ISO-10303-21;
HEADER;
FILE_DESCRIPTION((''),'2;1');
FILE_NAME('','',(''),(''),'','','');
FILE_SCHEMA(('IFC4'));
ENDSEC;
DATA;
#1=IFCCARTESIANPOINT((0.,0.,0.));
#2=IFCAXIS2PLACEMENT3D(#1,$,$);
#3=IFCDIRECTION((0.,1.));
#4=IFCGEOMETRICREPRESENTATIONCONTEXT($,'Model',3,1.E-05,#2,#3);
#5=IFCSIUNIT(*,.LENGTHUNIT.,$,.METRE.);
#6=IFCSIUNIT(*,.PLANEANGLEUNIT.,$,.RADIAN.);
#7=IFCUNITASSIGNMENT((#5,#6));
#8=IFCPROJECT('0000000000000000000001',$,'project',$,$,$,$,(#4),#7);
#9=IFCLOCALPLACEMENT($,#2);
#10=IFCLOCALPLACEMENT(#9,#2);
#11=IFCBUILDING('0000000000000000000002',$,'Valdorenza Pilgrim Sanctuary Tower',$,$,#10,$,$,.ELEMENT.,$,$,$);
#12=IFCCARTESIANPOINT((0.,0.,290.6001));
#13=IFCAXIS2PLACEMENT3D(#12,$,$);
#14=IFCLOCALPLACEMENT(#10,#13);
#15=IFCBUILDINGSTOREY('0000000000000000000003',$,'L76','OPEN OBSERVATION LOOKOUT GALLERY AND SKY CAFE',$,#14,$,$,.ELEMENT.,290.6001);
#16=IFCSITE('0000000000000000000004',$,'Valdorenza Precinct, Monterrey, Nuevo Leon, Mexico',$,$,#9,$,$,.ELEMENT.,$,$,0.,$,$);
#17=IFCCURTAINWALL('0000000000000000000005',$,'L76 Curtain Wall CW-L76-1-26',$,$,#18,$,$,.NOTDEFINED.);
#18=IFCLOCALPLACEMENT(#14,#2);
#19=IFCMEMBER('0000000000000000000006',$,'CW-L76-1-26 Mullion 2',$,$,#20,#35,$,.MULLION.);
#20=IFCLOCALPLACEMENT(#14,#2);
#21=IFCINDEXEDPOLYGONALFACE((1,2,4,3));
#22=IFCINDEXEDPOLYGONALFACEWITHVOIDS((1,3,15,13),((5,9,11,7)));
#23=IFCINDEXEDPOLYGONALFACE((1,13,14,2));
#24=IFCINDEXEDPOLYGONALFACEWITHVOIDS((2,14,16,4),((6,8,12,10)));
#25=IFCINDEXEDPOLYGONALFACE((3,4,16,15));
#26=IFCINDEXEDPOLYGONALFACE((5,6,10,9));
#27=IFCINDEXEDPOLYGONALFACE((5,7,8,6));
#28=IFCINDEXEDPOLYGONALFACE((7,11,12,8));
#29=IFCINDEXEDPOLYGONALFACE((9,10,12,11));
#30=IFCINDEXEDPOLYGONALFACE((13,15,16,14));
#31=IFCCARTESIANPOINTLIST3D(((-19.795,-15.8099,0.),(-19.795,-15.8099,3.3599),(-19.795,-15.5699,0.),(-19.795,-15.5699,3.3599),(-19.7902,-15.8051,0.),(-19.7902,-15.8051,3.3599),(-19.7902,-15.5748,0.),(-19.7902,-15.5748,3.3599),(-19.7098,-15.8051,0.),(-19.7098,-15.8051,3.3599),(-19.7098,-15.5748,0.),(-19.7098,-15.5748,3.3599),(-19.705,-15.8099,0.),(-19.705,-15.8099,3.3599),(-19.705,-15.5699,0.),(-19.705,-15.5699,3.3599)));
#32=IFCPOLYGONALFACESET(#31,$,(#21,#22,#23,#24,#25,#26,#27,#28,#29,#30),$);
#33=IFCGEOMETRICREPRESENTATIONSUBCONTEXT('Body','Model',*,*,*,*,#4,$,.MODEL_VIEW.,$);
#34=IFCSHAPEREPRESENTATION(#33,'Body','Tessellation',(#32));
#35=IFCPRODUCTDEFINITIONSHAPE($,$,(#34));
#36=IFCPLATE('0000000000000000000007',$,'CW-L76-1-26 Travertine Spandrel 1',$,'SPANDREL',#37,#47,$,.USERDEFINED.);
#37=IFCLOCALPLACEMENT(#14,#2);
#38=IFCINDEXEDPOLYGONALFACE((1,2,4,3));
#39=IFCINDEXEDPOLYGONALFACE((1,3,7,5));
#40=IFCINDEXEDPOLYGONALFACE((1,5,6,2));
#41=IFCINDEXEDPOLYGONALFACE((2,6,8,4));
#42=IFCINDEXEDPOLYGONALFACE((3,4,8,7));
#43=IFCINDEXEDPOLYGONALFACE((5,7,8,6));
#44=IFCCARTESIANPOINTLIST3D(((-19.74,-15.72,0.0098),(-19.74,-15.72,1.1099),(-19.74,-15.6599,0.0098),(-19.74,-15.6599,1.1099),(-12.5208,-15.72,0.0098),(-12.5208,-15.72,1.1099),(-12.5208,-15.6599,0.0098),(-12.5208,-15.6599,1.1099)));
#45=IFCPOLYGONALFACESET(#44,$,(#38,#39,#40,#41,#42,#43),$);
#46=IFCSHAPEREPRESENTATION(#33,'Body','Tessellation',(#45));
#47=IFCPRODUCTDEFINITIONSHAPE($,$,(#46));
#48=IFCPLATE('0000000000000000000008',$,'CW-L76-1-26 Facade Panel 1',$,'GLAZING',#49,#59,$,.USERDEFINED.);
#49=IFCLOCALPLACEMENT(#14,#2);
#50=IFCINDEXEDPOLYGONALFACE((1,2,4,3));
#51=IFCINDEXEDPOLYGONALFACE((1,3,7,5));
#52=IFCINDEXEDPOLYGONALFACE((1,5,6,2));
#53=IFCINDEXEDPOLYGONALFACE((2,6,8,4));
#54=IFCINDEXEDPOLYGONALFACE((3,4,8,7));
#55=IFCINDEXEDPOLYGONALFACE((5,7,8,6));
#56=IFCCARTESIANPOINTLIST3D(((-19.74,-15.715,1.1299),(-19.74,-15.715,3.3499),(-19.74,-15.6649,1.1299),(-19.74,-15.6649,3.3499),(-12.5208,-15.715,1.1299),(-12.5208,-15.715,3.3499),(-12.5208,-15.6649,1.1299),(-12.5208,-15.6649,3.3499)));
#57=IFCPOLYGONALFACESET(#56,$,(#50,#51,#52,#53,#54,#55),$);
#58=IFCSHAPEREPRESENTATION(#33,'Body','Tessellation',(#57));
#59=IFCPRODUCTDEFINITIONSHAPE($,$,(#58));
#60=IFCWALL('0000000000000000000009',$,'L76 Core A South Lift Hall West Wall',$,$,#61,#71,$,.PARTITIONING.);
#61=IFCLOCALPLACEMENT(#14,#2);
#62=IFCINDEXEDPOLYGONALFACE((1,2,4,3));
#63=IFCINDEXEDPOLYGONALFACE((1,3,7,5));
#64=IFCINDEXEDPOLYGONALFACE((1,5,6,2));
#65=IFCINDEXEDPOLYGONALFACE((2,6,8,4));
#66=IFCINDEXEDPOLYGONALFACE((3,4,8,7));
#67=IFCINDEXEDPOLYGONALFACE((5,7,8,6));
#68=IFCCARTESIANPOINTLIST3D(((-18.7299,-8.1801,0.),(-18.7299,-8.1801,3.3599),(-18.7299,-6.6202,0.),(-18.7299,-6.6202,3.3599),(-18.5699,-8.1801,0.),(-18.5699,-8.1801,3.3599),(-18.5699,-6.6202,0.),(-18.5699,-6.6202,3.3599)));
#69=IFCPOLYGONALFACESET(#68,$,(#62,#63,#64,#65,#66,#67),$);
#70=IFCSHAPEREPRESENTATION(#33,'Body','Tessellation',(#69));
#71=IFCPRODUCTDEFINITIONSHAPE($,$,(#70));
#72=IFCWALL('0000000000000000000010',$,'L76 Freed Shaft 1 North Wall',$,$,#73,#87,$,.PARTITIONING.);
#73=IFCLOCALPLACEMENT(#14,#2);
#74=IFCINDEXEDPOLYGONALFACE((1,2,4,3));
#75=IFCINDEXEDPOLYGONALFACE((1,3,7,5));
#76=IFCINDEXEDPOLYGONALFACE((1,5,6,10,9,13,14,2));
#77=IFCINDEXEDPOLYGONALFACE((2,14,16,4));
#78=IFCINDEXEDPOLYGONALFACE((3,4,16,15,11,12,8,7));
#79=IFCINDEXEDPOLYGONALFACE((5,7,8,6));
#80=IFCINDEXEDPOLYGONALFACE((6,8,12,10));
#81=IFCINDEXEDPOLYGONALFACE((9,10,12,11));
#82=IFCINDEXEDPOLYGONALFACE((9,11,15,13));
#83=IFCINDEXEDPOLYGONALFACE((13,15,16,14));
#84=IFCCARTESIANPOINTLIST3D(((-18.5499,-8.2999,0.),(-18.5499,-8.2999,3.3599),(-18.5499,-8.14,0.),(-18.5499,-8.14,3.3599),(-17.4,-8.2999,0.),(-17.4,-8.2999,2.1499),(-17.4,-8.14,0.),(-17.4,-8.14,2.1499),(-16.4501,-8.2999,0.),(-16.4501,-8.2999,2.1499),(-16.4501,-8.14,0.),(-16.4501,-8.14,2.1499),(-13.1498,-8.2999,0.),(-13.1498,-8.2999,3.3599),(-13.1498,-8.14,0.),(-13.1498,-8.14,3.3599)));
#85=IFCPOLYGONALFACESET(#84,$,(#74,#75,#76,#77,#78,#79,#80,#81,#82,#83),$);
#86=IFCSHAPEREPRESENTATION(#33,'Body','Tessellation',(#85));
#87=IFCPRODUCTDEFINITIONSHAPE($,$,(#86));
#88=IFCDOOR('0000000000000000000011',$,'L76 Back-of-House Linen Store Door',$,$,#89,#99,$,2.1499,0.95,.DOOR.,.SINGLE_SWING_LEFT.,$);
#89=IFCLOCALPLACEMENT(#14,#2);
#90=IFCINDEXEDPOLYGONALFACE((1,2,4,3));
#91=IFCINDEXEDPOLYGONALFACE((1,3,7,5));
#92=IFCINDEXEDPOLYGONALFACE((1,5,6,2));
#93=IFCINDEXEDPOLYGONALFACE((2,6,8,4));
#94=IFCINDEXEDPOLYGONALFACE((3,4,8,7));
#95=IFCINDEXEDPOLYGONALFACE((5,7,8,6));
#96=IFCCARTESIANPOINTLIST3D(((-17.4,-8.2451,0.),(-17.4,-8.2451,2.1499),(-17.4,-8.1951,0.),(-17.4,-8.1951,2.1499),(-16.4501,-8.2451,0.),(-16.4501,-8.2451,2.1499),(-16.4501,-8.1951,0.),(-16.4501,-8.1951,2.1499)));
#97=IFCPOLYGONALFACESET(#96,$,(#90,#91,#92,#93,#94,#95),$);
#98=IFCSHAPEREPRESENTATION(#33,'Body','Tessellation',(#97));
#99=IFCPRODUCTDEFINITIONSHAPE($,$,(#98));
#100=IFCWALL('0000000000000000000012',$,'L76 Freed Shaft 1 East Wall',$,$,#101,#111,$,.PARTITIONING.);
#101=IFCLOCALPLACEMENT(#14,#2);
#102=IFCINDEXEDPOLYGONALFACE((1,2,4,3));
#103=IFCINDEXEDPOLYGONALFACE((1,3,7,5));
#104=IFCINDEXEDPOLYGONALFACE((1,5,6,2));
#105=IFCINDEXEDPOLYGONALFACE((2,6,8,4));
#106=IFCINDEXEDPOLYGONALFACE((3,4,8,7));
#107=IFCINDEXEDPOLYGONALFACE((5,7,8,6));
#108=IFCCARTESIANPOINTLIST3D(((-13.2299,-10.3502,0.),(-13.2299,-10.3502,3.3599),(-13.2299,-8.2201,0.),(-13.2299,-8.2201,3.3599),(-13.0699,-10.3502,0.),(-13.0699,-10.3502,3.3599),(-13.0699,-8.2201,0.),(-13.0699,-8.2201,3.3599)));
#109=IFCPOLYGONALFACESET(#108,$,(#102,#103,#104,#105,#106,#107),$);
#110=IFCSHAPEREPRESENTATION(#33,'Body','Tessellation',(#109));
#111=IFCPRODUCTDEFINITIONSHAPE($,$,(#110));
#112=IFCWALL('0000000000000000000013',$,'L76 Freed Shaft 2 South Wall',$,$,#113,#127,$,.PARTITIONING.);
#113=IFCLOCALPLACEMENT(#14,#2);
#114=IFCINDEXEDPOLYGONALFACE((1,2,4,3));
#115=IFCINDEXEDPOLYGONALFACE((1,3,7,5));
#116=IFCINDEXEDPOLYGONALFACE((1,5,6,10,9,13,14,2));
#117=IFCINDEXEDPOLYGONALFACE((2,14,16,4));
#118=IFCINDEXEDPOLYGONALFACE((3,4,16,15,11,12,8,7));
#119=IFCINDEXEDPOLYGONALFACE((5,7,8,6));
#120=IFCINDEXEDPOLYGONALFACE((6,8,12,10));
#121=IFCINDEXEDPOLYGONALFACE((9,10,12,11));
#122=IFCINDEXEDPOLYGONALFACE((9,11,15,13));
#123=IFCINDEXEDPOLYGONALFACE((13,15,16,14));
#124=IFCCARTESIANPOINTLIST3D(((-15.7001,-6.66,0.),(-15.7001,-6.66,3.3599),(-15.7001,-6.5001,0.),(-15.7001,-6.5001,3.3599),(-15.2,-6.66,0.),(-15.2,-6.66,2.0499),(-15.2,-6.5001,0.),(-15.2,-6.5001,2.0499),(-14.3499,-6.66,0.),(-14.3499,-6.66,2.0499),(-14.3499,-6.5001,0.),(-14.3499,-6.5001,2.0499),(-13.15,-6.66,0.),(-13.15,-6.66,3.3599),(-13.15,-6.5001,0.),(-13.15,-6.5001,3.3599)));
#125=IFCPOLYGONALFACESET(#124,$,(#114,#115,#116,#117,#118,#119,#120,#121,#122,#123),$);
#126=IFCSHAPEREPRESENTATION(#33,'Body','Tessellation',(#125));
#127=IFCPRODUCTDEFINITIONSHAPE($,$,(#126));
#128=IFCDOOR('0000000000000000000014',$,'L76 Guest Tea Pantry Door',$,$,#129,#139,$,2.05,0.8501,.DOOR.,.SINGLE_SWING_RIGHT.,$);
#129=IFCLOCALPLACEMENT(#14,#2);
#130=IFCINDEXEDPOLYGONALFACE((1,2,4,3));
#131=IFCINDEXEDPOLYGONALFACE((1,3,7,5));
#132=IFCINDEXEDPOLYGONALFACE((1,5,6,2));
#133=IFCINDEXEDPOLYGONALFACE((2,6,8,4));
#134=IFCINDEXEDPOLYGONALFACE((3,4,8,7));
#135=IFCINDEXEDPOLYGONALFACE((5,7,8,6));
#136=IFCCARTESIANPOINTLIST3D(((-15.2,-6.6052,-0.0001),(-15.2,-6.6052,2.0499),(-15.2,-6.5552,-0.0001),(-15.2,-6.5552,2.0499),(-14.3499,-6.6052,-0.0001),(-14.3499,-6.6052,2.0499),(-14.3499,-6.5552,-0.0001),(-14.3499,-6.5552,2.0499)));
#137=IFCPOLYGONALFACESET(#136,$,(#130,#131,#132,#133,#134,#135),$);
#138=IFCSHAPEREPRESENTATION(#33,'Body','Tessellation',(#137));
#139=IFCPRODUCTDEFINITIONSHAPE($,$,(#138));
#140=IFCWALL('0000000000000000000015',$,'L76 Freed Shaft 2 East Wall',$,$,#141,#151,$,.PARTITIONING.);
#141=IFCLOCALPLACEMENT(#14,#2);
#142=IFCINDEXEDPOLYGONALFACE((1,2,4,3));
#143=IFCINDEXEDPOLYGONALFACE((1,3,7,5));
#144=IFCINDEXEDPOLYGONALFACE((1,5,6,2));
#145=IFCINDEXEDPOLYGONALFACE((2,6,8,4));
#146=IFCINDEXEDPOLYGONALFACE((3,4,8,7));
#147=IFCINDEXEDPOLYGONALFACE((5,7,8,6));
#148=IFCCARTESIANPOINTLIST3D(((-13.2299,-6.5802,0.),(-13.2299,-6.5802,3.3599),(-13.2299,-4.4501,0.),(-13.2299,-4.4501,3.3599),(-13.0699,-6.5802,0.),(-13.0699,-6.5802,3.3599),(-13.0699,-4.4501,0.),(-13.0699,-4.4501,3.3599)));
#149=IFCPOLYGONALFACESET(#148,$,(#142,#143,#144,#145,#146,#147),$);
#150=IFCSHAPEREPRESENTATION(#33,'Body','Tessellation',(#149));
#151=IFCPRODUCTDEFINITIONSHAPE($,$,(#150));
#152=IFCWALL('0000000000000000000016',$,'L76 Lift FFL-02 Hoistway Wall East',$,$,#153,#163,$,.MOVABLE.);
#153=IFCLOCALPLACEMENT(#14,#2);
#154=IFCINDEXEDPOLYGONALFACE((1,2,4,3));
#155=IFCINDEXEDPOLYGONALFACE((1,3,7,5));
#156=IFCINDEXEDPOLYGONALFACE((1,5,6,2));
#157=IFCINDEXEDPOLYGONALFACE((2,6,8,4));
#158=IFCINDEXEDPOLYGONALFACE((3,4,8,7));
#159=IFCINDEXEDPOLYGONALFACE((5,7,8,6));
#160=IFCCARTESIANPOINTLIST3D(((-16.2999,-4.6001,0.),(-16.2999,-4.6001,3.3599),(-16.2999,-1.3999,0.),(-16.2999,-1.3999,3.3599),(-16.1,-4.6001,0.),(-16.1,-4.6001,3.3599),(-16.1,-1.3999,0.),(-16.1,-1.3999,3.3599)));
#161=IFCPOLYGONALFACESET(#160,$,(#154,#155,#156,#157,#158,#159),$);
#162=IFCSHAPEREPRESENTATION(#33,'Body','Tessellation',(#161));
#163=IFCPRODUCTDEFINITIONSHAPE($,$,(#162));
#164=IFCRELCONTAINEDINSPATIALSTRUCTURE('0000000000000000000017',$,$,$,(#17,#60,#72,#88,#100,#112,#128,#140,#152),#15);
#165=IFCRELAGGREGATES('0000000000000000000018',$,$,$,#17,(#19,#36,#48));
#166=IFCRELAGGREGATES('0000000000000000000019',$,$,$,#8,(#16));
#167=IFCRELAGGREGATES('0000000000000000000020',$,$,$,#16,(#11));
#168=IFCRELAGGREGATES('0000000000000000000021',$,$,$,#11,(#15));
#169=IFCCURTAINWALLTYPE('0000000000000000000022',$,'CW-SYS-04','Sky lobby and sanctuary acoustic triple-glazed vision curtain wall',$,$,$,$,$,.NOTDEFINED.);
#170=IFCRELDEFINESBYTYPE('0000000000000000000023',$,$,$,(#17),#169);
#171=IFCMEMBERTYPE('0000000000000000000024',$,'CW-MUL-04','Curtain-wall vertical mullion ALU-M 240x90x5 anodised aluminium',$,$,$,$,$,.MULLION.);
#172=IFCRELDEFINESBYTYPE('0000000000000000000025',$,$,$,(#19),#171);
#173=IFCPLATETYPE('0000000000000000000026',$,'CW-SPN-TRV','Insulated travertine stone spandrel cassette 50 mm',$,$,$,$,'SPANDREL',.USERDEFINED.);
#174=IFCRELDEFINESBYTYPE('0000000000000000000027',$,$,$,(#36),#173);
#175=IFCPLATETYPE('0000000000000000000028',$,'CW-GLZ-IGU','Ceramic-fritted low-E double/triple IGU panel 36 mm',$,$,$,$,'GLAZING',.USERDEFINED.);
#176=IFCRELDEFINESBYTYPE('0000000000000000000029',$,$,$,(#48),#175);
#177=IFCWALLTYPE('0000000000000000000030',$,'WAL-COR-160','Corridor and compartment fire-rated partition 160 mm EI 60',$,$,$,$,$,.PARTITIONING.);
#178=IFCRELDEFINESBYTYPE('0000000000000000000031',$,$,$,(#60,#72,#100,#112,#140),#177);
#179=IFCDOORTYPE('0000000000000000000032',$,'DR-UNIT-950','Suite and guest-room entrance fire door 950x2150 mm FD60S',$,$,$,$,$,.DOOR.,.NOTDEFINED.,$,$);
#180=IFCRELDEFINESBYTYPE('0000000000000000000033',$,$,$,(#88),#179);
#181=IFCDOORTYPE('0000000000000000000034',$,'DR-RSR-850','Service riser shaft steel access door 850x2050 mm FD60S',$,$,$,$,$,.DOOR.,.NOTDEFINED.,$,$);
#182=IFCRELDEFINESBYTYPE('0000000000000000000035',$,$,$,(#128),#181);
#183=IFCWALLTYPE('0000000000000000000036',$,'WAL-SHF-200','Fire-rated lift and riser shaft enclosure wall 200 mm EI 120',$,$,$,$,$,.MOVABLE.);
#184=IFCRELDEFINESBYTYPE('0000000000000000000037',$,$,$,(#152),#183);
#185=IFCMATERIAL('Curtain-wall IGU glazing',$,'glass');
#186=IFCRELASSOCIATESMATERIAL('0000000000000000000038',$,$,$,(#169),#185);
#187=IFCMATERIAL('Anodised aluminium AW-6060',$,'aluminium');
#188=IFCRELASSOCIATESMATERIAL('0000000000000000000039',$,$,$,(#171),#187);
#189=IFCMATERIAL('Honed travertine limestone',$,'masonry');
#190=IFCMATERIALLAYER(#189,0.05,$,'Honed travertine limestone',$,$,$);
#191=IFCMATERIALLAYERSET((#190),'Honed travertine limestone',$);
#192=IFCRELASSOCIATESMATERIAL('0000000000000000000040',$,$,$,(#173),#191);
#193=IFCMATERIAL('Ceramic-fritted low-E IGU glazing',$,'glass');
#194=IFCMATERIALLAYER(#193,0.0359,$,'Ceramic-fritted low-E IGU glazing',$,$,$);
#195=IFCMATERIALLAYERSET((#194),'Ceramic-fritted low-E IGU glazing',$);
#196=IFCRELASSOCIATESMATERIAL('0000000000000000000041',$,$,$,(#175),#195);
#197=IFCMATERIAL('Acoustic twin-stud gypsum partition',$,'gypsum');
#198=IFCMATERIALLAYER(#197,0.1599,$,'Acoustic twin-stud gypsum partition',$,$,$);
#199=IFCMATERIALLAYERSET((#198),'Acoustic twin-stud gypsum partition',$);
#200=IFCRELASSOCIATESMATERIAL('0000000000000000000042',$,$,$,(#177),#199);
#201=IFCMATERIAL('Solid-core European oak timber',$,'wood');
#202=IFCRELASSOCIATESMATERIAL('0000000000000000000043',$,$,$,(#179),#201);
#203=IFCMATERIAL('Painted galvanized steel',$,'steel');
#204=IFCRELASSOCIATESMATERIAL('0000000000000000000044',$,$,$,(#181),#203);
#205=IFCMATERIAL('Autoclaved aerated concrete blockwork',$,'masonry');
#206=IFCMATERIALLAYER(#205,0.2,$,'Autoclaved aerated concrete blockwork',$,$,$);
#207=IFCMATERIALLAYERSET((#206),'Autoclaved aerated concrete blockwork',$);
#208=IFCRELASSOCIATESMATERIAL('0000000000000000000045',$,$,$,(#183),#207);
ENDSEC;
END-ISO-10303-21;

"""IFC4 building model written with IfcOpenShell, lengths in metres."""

from ifc_helpers import new_model, si_unit, direction, frame, frame_2d, origin, origin_2d, place, context, subcontext, project, spatial, rectangle, hollow_rectangle, extrude, source, transform, mapped, material, layer, layer_set, material_profile, profile_set, type_object, element, fill, aggregate, save


model = new_model("IFC4")

# Units and contexts
model_context = context("Model", 3, precision=1e-05, world=origin(), true_north=direction((0.0, 1.0)))
body_context = subcontext(model_context, "Body", "Model", "MODEL_VIEW")
ifc_project = project(units=[si_unit("LENGTHUNIT", "METRE"), si_unit("PLANEANGLEUNIT", "RADIAN")], contexts=[model_context])

# Site, building, storey
site_placement = place(None, origin())
site = spatial("IfcSite", under=ifc_project, at=site_placement, Name="Valdorenza Precinct, Monterrey, Nuevo Leon, Mexico", CompositionType="ELEMENT", RefElevation=0.0)
building_placement = place(site_placement, origin())
building = spatial("IfcBuilding", under=site, at=building_placement, Name="Valdorenza Pilgrim Sanctuary Tower", CompositionType="ELEMENT")
storey_placement = place(building_placement, frame((0.0, 0.0, 290.6001)))
storey = spatial("IfcBuildingStorey", under=building, at=storey_placement, Name="L76", Description="OPEN OBSERVATION LOOKOUT GALLERY AND SKY CAFE", CompositionType="ELEMENT", Elevation=290.6001)

# Curtain wall, member, plates
ifc_material_1 = material(Name="Curtain-wall IGU glazing", Category="glass")
curtain_wall_type = type_object("IfcCurtainWallType", Name="CW-SYS-04", Description="Sky lobby and sanctuary acoustic triple-glazed vision curtain wall", PredefinedType="NOTDEFINED", material=ifc_material_1)
curtain_wall_placement = place(storey_placement, origin())
curtain_wall = element("IfcCurtainWall", 1, at=curtain_wall_placement, inside=storey, type_object=curtain_wall_type, Name="L76 Curtain Wall CW-L76-1-26", PredefinedType="NOTDEFINED")
ifc_material_2 = material(Name="Anodised aluminium AW-6060", Category="aluminium")
ifc_material_profile = material_profile(ifc_material_2, hollow_rectangle(XDim=0.0901, YDim=0.24, WallThickness=0.0049, at=origin_2d()), Name="ALU-M 240x90x5")
ifc_profile_set = profile_set([ifc_material_profile], Name="Anodised aluminium AW-6060")
member_type = type_object("IfcMemberType", Name="CW-MUL-04", Description="Curtain-wall vertical mullion ALU-M 240x90x5 anodised aluminium", PredefinedType="MULLION", material=ifc_profile_set)
shared_shape_1 = source(origin(), body_context, "Body", "SweptSolid", [
    extrude(hollow_rectangle(XDim=0.0901, YDim=0.24, WallThickness=0.0049, at=origin_2d()), origin(), (0.0, 0.0, 1.0), 3.3599),
])
member_placement = place(storey_placement, frame((-19.75, -15.6899, 0.0), z_axis=(0.0, 0.0, 1.0), x_axis=(-1.0, 0.0, 0.0)))
member = element("IfcMember", 2, at=member_placement, type_object=member_type, Name="CW-L76-1-26 Mullion 2", PredefinedType="MULLION", context=body_context, shape_type="MappedRepresentation", body=[
    mapped(shared_shape_1, transform((0.0, 0.0, 0.0), x_axis=(1.0, 0.0, 0.0), y_axis=(0.0, 1.0, 0.0), z_axis=(0.0, 0.0, 1.0), scale=1.0)),
])
ifc_material_3 = material(Name="Honed travertine limestone", Category="masonry")
ifc_layer_1 = layer(ifc_material_3, 0.05, Name="Honed travertine limestone")
ifc_layer_set_1 = layer_set([ifc_layer_1], Name="Honed travertine limestone")
plate_type_1 = type_object("IfcPlateType", Name="CW-SPN-TRV", Description="Insulated travertine stone spandrel cassette 50 mm", ElementType="SPANDREL", PredefinedType="USERDEFINED", material=ifc_layer_set_1)
shared_shape_2 = source(origin(), body_context, "Body", "SweptSolid", [
    extrude(rectangle(XDim=7.2192, YDim=0.0601, at=origin_2d()), origin(), (0.0, 0.0, 1.0), 1.1001),
])
plate_1_placement = place(storey_placement, frame((-16.1304, -15.6899, 0.0098), z_axis=(0.0, 0.0, 1.0), x_axis=(-1.0, 0.0, 0.0)))
plate_1 = element("IfcPlate", 3, at=plate_1_placement, type_object=plate_type_1, Name="CW-L76-1-26 Travertine Spandrel 1", ObjectType="SPANDREL", PredefinedType="USERDEFINED", context=body_context, shape_type="MappedRepresentation", body=[
    mapped(shared_shape_2, transform((0.0, 0.0, 0.0), x_axis=(1.0, 0.0, 0.0), y_axis=(0.0, 1.0, 0.0), z_axis=(0.0, 0.0, 1.0), scale=1.0)),
])
ifc_material_4 = material(Name="Ceramic-fritted low-E IGU glazing", Category="glass")
ifc_layer_2 = layer(ifc_material_4, 0.0359, Name="Ceramic-fritted low-E IGU glazing")
ifc_layer_set_2 = layer_set([ifc_layer_2], Name="Ceramic-fritted low-E IGU glazing")
plate_type_2 = type_object("IfcPlateType", Name="CW-GLZ-IGU", Description="Ceramic-fritted low-E double/triple IGU panel 36 mm", ElementType="GLAZING", PredefinedType="USERDEFINED", material=ifc_layer_set_2)
shared_shape_3 = source(origin(), body_context, "Body", "SweptSolid", [
    extrude(rectangle(XDim=7.2192, YDim=0.05, at=origin_2d()), origin(), (0.0, 0.0, 1.0), 2.22),
])
plate_2_placement = place(storey_placement, frame((-16.1304, -15.6899, 1.1299), z_axis=(0.0, 0.0, 1.0), x_axis=(-1.0, 0.0, 0.0)))
plate_2 = element("IfcPlate", 4, at=plate_2_placement, type_object=plate_type_2, Name="CW-L76-1-26 Facade Panel 1", ObjectType="GLAZING", PredefinedType="USERDEFINED", context=body_context, shape_type="MappedRepresentation", body=[
    mapped(shared_shape_3, transform((0.0, 0.0, 0.0), x_axis=(1.0, 0.0, 0.0), y_axis=(0.0, 1.0, 0.0), z_axis=(0.0, 0.0, 1.0), scale=1.0)),
])
aggregate(curtain_wall, [member, plate_1, plate_2])

# Wall
ifc_material_5 = material(Name="Acoustic twin-stud gypsum partition", Category="gypsum")
ifc_layer_3 = layer(ifc_material_5, 0.1599, Name="Acoustic twin-stud gypsum partition")
ifc_layer_set_3 = layer_set([ifc_layer_3], Name="Acoustic twin-stud gypsum partition")
wall_type_1 = type_object("IfcWallType", Name="WAL-COR-160", Description="Corridor and compartment fire-rated partition 160 mm EI 60", PredefinedType="PARTITIONING", material=ifc_layer_set_3)
wall_1_placement = place(storey_placement, frame((-18.6499, -8.1799, 0.0), z_axis=(0.0, 0.0, 1.0), x_axis=(0.0, 1.0, 0.0)))
element("IfcWall", 5, at=wall_1_placement, inside=storey, type_object=wall_type_1, Name="L76 Core A South Lift Hall West Wall", PredefinedType="PARTITIONING", context=body_context, shape_type="SweptSolid", body=[
    extrude(rectangle(XDim=1.5598, YDim=0.1599, at=frame_2d((0.7798, 0.0))), origin(), (0.0, 0.0, 1.0), 3.3599),
])

# Wall, opening, door
wall_2_placement = place(storey_placement, frame((-18.55, -8.22, 0.0), z_axis=(0.0, 0.0, 1.0), x_axis=(1.0, 0.0, 0.0)))
wall_2 = element("IfcWall", 6, at=wall_2_placement, inside=storey, type_object=wall_type_1, Name="L76 Freed Shaft 1 North Wall", PredefinedType="PARTITIONING", context=body_context, shape_type="SweptSolid", body=[
    extrude(rectangle(XDim=5.4001, YDim=0.1599, at=frame_2d((2.7002, 0.0))), origin(), (0.0, 0.0, 1.0), 3.3599),
])
opening_1_placement = place(wall_2_placement, frame((1.1499, 0.0, 0.0)))
opening_1 = element("IfcOpeningElement", 7, at=opening_1_placement, cuts=wall_2, PredefinedType="OPENING", context=body_context, shape_type="SweptSolid", body=[
    extrude(rectangle(XDim=0.95, YDim=2.1499, at=frame_2d((0.4751, 1.075))), frame((0.0, 0.0947, 0.0), z_axis=(0.0, -1.0, 0.0), x_axis=(1.0, 0.0, 0.0)), (0.0, 0.0, 1.0), 0.1897),
])
ifc_material_6 = material(Name="Solid-core European oak timber", Category="wood")
door_type_1 = type_object("IfcDoorType", Name="DR-UNIT-950", Description="Suite and guest-room entrance fire door 950x2150 mm FD60S", OperationType="NOTDEFINED", PredefinedType="DOOR", material=ifc_material_6)
door_1_placement = place(opening_1_placement, origin())
door_1 = element("IfcDoor", 8, at=door_1_placement, inside=storey, type_object=door_type_1, Name="L76 Back-of-House Linen Store Door", OperationType="SINGLE_SWING_LEFT", OverallHeight=2.1499, OverallWidth=0.95, PredefinedType="DOOR", context=body_context, shape_type="SweptSolid", body=[
    extrude(rectangle(XDim=0.95, YDim=2.1499, at=frame_2d((0.4751, 1.075))), frame((0.0, 0.0249, 0.0), z_axis=(0.0, -1.0, 0.0), x_axis=(1.0, 0.0, 0.0)), (0.0, 0.0, 1.0), 0.05),
])
fill(opening_1, door_1)

# Wall
wall_3_placement = place(storey_placement, frame((-13.1499, -10.3501, 0.0), z_axis=(0.0, 0.0, 1.0), x_axis=(0.0, 1.0, 0.0)))
element("IfcWall", 9, at=wall_3_placement, inside=storey, type_object=wall_type_1, Name="L76 Freed Shaft 1 East Wall", PredefinedType="PARTITIONING", context=body_context, shape_type="SweptSolid", body=[
    extrude(rectangle(XDim=2.1301, YDim=0.1599, at=frame_2d((1.0649, 0.0))), origin(), (0.0, 0.0, 1.0), 3.3599),
])

# Wall, opening, door
wall_4_placement = place(storey_placement, frame((-15.7, -6.5801, 0.0), z_axis=(0.0, 0.0, 1.0), x_axis=(1.0, 0.0, 0.0)))
wall_4 = element("IfcWall", 10, at=wall_4_placement, inside=storey, type_object=wall_type_1, Name="L76 Freed Shaft 2 South Wall", PredefinedType="PARTITIONING", context=body_context, shape_type="SweptSolid", body=[
    extrude(rectangle(XDim=2.55, YDim=0.1599, at=frame_2d((1.2749, 0.0))), origin(), (0.0, 0.0, 1.0), 3.3599),
])
opening_2_placement = place(wall_4_placement, frame((0.5, 0.0, 0.0)))
opening_2 = element("IfcOpeningElement", 11, at=opening_2_placement, cuts=wall_4, PredefinedType="OPENING", context=body_context, shape_type="SweptSolid", body=[
    extrude(rectangle(XDim=0.8501, YDim=2.05, at=frame_2d((0.425, 1.0249))), frame((0.0, 0.0947, 0.0), z_axis=(0.0, -1.0, 0.0), x_axis=(1.0, 0.0, 0.0)), (0.0, 0.0, 1.0), 0.1897),
])
ifc_material_7 = material(Name="Painted galvanized steel", Category="steel")
door_type_2 = type_object("IfcDoorType", Name="DR-RSR-850", Description="Service riser shaft steel access door 850x2050 mm FD60S", OperationType="NOTDEFINED", PredefinedType="DOOR", material=ifc_material_7)
door_2_placement = place(opening_2_placement, origin())
door_2 = element("IfcDoor", 12, at=door_2_placement, inside=storey, type_object=door_type_2, Name="L76 Guest Tea Pantry Door", OperationType="SINGLE_SWING_RIGHT", OverallHeight=2.05, OverallWidth=0.8501, PredefinedType="DOOR", context=body_context, shape_type="SweptSolid", body=[
    extrude(rectangle(XDim=0.8501, YDim=2.05, at=frame_2d((0.425, 1.0249))), frame((0.0, 0.0249, 0.0), z_axis=(0.0, -1.0, 0.0), x_axis=(1.0, 0.0, 0.0)), (0.0, 0.0, 1.0), 0.05),
])
fill(opening_2, door_2)

# Wall
wall_5_placement = place(storey_placement, frame((-13.1499, -6.5801, 0.0), z_axis=(0.0, 0.0, 1.0), x_axis=(0.0, 1.0, 0.0)))
element("IfcWall", 13, at=wall_5_placement, inside=storey, type_object=wall_type_1, Name="L76 Freed Shaft 2 East Wall", PredefinedType="PARTITIONING", context=body_context, shape_type="SweptSolid", body=[
    extrude(rectangle(XDim=2.1301, YDim=0.1599, at=frame_2d((1.0649, 0.0))), origin(), (0.0, 0.0, 1.0), 3.3599),
])

# Wall
ifc_material_8 = material(Name="Autoclaved aerated concrete blockwork", Category="masonry")
ifc_layer_4 = layer(ifc_material_8, 0.2, Name="Autoclaved aerated concrete blockwork")
ifc_layer_set_4 = layer_set([ifc_layer_4], Name="Autoclaved aerated concrete blockwork")
wall_type_2 = type_object("IfcWallType", Name="WAL-SHF-200", Description="Fire-rated lift and riser shaft enclosure wall 200 mm EI 120", PredefinedType="MOVABLE", material=ifc_layer_set_4)
wall_6_placement = place(storey_placement, frame((-16.2, -4.6001, 0.0), z_axis=(0.0, 0.0, 1.0), x_axis=(0.0, 1.0, 0.0)))
element("IfcWall", 14, at=wall_6_placement, inside=storey, type_object=wall_type_2, Name="L76 Lift FFL-02 Hoistway Wall East", PredefinedType="MOVABLE", context=body_context, shape_type="SweptSolid", body=[
    extrude(rectangle(XDim=3.2002, YDim=0.2, at=frame_2d((1.6001, 0.0))), origin(), (0.0, 0.0, 1.0), 3.3599),
])

save(model, "model.ifc")
